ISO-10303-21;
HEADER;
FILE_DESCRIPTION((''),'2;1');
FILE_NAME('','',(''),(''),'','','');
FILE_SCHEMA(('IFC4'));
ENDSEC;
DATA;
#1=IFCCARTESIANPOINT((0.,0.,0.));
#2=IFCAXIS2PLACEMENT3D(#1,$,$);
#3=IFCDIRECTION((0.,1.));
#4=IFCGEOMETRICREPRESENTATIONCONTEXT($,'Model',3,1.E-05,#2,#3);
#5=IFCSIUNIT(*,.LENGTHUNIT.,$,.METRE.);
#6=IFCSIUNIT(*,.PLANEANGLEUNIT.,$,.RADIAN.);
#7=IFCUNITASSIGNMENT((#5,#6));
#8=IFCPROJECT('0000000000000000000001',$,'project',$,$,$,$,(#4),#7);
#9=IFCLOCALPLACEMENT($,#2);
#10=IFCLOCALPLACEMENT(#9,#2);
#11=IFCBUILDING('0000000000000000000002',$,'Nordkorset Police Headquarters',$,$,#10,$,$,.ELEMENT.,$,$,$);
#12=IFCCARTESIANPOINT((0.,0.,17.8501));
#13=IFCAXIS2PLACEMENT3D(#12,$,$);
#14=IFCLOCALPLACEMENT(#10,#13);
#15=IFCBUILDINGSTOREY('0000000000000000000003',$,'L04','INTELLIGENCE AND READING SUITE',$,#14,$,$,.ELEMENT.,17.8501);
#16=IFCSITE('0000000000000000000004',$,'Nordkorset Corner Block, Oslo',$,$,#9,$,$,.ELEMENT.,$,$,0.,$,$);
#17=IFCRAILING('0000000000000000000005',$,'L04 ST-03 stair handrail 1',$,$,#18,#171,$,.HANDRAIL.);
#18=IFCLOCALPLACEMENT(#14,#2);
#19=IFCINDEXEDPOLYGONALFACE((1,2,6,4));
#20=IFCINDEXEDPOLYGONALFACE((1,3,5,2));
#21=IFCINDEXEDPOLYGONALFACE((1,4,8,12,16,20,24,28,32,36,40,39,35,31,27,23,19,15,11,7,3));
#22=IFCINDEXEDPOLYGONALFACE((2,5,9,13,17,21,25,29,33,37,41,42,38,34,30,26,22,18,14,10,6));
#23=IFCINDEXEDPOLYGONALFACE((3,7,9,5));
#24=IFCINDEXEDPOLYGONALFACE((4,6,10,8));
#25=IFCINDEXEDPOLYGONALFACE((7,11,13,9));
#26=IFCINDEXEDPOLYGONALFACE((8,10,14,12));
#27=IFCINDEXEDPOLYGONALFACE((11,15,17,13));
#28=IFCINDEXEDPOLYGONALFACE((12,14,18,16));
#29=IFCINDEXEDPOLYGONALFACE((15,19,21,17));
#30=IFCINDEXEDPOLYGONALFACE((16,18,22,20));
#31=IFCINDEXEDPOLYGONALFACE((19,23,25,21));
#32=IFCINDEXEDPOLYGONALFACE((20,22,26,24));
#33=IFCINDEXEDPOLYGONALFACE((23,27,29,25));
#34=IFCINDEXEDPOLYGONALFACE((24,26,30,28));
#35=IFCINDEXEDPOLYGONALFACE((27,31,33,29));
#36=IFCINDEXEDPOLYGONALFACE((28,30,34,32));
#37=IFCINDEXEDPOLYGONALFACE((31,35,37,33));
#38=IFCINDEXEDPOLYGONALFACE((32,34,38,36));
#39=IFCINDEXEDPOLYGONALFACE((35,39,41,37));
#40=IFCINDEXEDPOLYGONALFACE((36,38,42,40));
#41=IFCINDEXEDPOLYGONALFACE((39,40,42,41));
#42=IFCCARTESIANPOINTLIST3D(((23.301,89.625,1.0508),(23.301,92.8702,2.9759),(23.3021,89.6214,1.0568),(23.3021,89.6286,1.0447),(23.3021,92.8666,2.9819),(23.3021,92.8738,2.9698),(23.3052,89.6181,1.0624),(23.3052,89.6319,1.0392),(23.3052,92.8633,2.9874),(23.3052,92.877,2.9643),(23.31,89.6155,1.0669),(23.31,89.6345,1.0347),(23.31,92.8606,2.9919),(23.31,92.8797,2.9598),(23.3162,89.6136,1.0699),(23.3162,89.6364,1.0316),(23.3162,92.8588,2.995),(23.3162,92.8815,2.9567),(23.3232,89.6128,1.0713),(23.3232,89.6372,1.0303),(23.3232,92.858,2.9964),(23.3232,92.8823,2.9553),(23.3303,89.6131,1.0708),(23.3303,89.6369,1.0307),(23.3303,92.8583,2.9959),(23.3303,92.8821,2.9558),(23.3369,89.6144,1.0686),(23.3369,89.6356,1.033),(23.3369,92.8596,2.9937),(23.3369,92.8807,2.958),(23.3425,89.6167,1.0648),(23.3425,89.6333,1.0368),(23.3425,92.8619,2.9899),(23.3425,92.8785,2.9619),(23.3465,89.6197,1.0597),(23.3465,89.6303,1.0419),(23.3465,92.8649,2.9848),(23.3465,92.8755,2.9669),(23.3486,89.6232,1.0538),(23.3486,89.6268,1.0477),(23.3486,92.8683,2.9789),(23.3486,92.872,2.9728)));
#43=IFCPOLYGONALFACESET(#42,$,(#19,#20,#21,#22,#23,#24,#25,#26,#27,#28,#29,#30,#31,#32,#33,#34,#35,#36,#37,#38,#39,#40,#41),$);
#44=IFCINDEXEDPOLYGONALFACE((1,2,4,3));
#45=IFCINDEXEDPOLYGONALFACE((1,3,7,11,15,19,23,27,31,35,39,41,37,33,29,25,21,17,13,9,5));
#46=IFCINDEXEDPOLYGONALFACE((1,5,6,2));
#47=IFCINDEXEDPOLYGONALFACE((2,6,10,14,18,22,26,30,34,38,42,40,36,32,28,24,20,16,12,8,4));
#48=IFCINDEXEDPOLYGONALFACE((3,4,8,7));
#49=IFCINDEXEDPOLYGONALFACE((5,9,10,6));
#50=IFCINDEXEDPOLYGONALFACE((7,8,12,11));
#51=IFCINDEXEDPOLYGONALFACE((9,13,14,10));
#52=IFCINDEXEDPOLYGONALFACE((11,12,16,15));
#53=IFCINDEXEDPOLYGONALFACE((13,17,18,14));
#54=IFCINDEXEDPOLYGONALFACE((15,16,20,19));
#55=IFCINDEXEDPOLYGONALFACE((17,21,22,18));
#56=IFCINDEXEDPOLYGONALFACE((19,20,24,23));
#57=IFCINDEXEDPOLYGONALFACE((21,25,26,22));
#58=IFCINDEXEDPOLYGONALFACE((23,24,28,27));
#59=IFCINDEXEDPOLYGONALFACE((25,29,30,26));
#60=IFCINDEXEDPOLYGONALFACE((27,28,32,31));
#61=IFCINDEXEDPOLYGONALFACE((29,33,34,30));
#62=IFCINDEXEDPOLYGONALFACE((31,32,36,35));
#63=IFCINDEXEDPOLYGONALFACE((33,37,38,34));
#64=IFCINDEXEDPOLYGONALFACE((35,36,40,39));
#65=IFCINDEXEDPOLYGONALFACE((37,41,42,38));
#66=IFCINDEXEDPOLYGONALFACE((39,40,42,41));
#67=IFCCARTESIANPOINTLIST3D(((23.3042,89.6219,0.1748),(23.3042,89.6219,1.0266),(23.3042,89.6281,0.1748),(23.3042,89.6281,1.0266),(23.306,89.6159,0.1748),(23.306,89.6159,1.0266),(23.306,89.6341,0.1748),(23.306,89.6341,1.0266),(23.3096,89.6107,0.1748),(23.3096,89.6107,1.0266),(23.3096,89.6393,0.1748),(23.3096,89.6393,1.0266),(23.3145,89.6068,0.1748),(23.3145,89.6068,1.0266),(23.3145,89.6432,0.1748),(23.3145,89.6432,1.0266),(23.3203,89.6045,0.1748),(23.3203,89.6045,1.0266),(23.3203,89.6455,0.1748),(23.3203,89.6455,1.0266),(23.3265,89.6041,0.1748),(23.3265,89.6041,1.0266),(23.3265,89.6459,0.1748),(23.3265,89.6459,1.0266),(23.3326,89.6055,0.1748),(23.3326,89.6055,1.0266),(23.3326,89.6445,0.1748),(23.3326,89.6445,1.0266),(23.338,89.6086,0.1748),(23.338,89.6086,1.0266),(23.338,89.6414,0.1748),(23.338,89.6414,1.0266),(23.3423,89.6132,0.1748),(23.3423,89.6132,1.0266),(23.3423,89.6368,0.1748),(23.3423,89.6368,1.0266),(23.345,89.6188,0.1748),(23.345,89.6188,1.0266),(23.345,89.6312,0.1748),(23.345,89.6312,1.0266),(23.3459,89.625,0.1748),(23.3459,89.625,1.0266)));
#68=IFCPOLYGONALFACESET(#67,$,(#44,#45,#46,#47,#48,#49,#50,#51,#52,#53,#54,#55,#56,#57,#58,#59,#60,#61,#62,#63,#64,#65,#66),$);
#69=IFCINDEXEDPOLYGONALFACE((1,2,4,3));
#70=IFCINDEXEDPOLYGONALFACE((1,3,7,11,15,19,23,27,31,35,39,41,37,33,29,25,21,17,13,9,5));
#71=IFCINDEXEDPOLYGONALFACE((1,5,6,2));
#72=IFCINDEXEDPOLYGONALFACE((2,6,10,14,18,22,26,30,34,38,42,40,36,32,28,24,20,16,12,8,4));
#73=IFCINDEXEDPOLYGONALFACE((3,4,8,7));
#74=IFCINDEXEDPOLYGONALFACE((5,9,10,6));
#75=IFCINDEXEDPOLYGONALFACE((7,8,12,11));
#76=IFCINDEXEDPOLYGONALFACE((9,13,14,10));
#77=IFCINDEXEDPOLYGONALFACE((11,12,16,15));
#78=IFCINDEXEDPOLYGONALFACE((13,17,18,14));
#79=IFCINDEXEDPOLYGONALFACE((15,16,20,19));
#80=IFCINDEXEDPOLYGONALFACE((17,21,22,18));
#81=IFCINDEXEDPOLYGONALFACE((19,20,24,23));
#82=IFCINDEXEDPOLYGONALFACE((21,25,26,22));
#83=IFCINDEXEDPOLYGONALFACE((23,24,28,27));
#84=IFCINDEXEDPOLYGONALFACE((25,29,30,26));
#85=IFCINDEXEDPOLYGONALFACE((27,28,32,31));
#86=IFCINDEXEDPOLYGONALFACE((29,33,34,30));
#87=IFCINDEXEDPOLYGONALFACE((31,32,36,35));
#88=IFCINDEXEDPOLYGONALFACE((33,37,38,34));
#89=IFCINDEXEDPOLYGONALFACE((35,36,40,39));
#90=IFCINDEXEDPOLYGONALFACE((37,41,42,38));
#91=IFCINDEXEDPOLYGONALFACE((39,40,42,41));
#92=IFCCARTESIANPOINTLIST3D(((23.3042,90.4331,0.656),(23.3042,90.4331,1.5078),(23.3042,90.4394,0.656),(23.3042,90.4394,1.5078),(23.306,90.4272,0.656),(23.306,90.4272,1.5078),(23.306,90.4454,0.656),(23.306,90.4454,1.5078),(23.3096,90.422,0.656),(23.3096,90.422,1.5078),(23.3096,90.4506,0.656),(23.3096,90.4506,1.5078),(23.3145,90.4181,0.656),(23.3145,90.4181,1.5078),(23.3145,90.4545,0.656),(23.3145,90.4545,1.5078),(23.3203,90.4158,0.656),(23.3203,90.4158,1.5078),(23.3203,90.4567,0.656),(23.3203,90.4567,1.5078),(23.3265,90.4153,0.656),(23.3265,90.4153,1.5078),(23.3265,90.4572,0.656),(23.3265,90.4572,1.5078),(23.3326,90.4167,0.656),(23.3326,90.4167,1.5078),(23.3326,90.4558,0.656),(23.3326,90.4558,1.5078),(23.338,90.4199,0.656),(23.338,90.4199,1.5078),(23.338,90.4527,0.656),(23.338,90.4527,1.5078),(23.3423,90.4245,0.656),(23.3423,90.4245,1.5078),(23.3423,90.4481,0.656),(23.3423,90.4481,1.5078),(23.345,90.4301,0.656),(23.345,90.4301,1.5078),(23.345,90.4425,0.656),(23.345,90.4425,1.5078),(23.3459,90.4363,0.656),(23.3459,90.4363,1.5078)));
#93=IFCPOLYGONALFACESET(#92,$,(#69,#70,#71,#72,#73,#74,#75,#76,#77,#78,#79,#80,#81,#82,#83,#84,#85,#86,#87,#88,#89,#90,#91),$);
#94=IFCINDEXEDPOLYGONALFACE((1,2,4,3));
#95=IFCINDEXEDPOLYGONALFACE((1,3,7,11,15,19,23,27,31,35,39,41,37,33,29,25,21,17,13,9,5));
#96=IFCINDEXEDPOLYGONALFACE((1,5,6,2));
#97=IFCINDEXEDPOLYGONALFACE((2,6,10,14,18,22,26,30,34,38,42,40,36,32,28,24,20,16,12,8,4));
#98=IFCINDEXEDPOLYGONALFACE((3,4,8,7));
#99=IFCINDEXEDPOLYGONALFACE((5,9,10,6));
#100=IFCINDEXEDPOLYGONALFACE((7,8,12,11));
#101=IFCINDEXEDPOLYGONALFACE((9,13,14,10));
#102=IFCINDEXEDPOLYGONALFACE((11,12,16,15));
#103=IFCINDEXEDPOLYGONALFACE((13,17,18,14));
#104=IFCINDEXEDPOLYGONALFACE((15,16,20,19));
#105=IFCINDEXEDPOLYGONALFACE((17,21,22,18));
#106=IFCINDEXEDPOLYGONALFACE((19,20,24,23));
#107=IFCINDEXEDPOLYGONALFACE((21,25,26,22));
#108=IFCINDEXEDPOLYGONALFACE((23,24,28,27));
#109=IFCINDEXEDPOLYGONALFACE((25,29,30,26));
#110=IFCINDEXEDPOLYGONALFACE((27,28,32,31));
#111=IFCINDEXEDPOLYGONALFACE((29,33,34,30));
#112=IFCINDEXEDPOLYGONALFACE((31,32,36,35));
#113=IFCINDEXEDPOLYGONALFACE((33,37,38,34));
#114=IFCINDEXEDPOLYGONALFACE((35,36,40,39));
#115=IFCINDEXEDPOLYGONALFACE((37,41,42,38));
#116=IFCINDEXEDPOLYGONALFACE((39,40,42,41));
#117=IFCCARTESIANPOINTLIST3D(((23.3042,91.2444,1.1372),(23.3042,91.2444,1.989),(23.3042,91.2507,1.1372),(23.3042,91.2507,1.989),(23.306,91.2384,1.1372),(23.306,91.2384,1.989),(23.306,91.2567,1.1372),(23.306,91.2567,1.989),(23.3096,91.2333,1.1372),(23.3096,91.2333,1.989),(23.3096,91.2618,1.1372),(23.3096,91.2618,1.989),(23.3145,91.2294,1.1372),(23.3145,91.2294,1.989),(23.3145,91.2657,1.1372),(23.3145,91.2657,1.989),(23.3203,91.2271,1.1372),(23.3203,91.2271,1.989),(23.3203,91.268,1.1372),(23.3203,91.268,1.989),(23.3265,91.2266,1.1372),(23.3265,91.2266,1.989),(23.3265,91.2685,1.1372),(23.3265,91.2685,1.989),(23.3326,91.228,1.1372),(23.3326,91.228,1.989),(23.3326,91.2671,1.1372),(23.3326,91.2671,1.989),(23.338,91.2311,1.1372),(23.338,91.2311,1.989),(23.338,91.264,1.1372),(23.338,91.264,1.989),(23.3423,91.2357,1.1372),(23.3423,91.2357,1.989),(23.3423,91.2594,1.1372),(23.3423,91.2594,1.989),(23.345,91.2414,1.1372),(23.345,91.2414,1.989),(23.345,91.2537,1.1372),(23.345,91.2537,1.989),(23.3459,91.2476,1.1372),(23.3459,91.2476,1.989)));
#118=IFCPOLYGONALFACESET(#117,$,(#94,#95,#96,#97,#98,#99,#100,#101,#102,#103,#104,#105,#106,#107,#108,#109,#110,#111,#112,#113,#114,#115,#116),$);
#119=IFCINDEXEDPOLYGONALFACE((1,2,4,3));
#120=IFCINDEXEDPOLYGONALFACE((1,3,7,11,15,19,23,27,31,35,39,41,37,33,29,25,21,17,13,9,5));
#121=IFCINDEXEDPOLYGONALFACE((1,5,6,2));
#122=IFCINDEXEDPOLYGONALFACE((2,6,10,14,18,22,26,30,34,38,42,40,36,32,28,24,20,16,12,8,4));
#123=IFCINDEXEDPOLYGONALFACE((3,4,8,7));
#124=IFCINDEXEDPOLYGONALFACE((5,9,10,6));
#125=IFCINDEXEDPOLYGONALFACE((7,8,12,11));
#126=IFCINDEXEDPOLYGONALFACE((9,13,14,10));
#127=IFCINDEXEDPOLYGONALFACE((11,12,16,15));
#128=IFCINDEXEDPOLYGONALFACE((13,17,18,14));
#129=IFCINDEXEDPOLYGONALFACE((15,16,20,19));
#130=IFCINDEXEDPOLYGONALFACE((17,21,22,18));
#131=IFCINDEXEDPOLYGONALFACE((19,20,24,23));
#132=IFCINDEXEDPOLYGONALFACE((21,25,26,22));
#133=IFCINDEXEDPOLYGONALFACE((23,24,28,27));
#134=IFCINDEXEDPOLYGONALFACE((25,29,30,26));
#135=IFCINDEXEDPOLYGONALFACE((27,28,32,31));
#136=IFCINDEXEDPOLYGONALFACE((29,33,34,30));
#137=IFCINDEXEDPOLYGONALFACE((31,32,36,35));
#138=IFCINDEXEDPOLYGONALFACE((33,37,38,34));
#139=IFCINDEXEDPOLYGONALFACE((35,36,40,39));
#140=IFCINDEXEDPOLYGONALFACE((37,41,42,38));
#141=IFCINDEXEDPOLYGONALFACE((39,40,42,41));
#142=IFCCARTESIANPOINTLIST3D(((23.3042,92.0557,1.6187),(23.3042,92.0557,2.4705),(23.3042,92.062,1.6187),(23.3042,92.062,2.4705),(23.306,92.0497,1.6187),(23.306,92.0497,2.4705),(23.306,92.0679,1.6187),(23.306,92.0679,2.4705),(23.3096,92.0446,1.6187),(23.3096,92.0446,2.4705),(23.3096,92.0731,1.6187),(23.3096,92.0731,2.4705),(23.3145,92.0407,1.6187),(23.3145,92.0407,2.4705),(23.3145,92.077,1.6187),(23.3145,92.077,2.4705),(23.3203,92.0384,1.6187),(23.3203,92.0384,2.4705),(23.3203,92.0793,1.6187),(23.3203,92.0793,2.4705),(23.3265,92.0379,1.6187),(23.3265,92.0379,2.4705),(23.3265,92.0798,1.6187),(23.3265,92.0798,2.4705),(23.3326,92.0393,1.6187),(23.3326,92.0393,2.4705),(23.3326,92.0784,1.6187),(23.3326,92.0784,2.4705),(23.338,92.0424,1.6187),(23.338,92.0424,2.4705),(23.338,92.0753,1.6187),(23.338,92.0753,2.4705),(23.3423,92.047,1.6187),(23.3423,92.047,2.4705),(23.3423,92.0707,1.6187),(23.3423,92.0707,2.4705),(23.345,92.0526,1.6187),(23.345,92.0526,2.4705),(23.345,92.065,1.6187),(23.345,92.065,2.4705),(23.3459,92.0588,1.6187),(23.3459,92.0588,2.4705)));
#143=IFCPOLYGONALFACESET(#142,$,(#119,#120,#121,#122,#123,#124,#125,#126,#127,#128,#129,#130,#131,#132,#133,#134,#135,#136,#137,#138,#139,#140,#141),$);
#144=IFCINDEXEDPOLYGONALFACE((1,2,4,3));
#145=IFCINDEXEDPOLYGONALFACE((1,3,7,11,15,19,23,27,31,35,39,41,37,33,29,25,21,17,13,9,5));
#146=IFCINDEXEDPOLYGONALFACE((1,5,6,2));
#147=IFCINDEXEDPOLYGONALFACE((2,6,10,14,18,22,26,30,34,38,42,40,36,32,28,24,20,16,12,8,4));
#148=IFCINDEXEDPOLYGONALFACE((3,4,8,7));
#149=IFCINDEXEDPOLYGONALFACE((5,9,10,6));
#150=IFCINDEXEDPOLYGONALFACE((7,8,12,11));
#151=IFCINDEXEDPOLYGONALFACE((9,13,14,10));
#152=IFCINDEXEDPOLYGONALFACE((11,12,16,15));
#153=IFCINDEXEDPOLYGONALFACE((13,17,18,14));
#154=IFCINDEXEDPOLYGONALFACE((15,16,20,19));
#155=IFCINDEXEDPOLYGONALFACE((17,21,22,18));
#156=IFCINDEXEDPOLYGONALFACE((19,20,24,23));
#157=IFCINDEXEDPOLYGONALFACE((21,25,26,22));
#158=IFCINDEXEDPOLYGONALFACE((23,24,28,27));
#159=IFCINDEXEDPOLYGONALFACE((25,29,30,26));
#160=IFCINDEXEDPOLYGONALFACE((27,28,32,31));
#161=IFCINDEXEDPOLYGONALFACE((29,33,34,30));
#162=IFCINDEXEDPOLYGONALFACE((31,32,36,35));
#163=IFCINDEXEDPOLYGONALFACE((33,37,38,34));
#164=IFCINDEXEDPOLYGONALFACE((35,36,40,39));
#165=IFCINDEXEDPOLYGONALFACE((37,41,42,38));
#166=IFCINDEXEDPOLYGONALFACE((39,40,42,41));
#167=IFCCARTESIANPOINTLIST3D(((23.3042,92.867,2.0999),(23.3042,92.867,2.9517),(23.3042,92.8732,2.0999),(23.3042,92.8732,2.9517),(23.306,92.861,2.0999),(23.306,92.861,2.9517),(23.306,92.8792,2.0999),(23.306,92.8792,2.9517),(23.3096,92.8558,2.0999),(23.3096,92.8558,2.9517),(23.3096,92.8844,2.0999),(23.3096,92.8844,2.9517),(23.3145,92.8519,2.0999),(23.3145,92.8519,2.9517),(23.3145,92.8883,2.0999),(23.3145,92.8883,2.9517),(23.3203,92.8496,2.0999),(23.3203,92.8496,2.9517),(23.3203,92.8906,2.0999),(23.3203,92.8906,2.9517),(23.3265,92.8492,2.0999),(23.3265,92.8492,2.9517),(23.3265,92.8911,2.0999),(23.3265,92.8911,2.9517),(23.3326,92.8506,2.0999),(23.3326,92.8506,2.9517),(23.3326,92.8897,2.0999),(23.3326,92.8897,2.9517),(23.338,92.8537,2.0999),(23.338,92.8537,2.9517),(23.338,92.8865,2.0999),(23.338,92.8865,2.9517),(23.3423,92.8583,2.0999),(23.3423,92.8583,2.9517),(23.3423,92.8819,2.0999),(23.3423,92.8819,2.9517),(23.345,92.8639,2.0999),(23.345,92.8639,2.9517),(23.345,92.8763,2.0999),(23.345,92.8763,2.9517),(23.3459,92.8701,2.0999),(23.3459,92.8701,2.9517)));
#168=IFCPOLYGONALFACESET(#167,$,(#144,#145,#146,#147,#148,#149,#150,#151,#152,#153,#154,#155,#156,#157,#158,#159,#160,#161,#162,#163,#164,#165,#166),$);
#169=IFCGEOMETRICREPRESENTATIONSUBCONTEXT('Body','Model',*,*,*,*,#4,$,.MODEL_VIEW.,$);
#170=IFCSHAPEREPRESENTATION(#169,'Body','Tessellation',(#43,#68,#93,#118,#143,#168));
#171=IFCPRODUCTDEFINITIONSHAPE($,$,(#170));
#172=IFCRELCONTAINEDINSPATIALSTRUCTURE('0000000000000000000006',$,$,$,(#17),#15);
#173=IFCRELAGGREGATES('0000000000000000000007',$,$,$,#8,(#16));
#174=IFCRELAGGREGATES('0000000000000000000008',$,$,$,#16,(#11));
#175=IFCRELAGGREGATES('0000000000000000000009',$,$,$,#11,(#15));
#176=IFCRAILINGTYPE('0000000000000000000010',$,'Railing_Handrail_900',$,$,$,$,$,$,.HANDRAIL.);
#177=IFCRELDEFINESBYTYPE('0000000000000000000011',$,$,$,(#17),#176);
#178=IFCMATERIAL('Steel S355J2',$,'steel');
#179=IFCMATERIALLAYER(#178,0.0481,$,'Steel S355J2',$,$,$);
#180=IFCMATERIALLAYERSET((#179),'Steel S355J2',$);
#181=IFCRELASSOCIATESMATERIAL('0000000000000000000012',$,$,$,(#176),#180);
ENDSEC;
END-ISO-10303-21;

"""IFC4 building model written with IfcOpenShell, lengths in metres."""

from ifc_helpers import new_model, si_unit, direction, frame, origin, origin_2d, place, context, subcontext, project, spatial, circle, extrude, material, layer, layer_set, type_object, element, save


model = new_model("IFC4")

# Units and contexts
model_context = context("Model", 3, precision=1e-05, world=origin(), true_north=direction((0.0, 1.0)))
body_context = subcontext(model_context, "Body", "Model", "MODEL_VIEW")
ifc_project = project(units=[si_unit("LENGTHUNIT", "METRE"), si_unit("PLANEANGLEUNIT", "RADIAN")], contexts=[model_context])

# Site, building, storey
site_placement = place(None, origin())
site = spatial("IfcSite", under=ifc_project, at=site_placement, Name="Nordkorset Corner Block, Oslo", CompositionType="ELEMENT", RefElevation=0.0)
building_placement = place(site_placement, origin())
building = spatial("IfcBuilding", under=site, at=building_placement, Name="Nordkorset Police Headquarters", CompositionType="ELEMENT")
storey_placement = place(building_placement, frame((0.0, 0.0, 17.8501)))
storey = spatial("IfcBuildingStorey", under=building, at=storey_placement, Name="L04", Description="INTELLIGENCE AND READING SUITE", CompositionType="ELEMENT", Elevation=17.8501)

# Railing
ifc_material_1 = material(Name="Steel S355J2", Category="steel")
ifc_layer_1 = layer(ifc_material_1, 0.0481, Name="Steel S355J2")
ifc_layer_set_1 = layer_set([ifc_layer_1], Name="Steel S355J2")
railing_type_1 = type_object("IfcRailingType", Name="Railing_Handrail_900", PredefinedType="HANDRAIL", material=ifc_layer_set_1)
railing_1_placement = place(storey_placement, frame((23.325, 89.625, 0.1748)))
element("IfcRailing", 1, at=railing_1_placement, inside=storey, type_object=railing_type_1, Name="L04 ST-03 stair handrail 1", PredefinedType="HANDRAIL", context=body_context, shape_type="SweptSolid", body=[
    extrude(circle(Radius=0.0239, at=origin_2d()), frame((0.0, 0.0, 0.876), z_axis=(0.0, 0.860057, 0.510198), x_axis=(-1.0, 0.0, 0.0)), (0.0, 0.0, 1.0), 3.7732),
    extrude(circle(Radius=0.021, at=origin_2d()), origin(), (0.0, 0.0, 1.0), 0.8518),
    extrude(circle(Radius=0.021, at=origin_2d()), frame((0.0, 0.8113, 0.4812)), (0.0, 0.0, 1.0), 0.8518),
    extrude(circle(Radius=0.021, at=origin_2d()), frame((0.0, 1.6226, 0.9624)), (0.0, 0.0, 1.0), 0.8518),
    extrude(circle(Radius=0.021, at=origin_2d()), frame((0.0, 2.4338, 1.4438)), (0.0, 0.0, 1.0), 0.8518),
    extrude(circle(Radius=0.021, at=origin_2d()), frame((0.0, 3.2451, 1.925)), (0.0, 0.0, 1.0), 0.8518),
])

save(model, "model.ifc")
